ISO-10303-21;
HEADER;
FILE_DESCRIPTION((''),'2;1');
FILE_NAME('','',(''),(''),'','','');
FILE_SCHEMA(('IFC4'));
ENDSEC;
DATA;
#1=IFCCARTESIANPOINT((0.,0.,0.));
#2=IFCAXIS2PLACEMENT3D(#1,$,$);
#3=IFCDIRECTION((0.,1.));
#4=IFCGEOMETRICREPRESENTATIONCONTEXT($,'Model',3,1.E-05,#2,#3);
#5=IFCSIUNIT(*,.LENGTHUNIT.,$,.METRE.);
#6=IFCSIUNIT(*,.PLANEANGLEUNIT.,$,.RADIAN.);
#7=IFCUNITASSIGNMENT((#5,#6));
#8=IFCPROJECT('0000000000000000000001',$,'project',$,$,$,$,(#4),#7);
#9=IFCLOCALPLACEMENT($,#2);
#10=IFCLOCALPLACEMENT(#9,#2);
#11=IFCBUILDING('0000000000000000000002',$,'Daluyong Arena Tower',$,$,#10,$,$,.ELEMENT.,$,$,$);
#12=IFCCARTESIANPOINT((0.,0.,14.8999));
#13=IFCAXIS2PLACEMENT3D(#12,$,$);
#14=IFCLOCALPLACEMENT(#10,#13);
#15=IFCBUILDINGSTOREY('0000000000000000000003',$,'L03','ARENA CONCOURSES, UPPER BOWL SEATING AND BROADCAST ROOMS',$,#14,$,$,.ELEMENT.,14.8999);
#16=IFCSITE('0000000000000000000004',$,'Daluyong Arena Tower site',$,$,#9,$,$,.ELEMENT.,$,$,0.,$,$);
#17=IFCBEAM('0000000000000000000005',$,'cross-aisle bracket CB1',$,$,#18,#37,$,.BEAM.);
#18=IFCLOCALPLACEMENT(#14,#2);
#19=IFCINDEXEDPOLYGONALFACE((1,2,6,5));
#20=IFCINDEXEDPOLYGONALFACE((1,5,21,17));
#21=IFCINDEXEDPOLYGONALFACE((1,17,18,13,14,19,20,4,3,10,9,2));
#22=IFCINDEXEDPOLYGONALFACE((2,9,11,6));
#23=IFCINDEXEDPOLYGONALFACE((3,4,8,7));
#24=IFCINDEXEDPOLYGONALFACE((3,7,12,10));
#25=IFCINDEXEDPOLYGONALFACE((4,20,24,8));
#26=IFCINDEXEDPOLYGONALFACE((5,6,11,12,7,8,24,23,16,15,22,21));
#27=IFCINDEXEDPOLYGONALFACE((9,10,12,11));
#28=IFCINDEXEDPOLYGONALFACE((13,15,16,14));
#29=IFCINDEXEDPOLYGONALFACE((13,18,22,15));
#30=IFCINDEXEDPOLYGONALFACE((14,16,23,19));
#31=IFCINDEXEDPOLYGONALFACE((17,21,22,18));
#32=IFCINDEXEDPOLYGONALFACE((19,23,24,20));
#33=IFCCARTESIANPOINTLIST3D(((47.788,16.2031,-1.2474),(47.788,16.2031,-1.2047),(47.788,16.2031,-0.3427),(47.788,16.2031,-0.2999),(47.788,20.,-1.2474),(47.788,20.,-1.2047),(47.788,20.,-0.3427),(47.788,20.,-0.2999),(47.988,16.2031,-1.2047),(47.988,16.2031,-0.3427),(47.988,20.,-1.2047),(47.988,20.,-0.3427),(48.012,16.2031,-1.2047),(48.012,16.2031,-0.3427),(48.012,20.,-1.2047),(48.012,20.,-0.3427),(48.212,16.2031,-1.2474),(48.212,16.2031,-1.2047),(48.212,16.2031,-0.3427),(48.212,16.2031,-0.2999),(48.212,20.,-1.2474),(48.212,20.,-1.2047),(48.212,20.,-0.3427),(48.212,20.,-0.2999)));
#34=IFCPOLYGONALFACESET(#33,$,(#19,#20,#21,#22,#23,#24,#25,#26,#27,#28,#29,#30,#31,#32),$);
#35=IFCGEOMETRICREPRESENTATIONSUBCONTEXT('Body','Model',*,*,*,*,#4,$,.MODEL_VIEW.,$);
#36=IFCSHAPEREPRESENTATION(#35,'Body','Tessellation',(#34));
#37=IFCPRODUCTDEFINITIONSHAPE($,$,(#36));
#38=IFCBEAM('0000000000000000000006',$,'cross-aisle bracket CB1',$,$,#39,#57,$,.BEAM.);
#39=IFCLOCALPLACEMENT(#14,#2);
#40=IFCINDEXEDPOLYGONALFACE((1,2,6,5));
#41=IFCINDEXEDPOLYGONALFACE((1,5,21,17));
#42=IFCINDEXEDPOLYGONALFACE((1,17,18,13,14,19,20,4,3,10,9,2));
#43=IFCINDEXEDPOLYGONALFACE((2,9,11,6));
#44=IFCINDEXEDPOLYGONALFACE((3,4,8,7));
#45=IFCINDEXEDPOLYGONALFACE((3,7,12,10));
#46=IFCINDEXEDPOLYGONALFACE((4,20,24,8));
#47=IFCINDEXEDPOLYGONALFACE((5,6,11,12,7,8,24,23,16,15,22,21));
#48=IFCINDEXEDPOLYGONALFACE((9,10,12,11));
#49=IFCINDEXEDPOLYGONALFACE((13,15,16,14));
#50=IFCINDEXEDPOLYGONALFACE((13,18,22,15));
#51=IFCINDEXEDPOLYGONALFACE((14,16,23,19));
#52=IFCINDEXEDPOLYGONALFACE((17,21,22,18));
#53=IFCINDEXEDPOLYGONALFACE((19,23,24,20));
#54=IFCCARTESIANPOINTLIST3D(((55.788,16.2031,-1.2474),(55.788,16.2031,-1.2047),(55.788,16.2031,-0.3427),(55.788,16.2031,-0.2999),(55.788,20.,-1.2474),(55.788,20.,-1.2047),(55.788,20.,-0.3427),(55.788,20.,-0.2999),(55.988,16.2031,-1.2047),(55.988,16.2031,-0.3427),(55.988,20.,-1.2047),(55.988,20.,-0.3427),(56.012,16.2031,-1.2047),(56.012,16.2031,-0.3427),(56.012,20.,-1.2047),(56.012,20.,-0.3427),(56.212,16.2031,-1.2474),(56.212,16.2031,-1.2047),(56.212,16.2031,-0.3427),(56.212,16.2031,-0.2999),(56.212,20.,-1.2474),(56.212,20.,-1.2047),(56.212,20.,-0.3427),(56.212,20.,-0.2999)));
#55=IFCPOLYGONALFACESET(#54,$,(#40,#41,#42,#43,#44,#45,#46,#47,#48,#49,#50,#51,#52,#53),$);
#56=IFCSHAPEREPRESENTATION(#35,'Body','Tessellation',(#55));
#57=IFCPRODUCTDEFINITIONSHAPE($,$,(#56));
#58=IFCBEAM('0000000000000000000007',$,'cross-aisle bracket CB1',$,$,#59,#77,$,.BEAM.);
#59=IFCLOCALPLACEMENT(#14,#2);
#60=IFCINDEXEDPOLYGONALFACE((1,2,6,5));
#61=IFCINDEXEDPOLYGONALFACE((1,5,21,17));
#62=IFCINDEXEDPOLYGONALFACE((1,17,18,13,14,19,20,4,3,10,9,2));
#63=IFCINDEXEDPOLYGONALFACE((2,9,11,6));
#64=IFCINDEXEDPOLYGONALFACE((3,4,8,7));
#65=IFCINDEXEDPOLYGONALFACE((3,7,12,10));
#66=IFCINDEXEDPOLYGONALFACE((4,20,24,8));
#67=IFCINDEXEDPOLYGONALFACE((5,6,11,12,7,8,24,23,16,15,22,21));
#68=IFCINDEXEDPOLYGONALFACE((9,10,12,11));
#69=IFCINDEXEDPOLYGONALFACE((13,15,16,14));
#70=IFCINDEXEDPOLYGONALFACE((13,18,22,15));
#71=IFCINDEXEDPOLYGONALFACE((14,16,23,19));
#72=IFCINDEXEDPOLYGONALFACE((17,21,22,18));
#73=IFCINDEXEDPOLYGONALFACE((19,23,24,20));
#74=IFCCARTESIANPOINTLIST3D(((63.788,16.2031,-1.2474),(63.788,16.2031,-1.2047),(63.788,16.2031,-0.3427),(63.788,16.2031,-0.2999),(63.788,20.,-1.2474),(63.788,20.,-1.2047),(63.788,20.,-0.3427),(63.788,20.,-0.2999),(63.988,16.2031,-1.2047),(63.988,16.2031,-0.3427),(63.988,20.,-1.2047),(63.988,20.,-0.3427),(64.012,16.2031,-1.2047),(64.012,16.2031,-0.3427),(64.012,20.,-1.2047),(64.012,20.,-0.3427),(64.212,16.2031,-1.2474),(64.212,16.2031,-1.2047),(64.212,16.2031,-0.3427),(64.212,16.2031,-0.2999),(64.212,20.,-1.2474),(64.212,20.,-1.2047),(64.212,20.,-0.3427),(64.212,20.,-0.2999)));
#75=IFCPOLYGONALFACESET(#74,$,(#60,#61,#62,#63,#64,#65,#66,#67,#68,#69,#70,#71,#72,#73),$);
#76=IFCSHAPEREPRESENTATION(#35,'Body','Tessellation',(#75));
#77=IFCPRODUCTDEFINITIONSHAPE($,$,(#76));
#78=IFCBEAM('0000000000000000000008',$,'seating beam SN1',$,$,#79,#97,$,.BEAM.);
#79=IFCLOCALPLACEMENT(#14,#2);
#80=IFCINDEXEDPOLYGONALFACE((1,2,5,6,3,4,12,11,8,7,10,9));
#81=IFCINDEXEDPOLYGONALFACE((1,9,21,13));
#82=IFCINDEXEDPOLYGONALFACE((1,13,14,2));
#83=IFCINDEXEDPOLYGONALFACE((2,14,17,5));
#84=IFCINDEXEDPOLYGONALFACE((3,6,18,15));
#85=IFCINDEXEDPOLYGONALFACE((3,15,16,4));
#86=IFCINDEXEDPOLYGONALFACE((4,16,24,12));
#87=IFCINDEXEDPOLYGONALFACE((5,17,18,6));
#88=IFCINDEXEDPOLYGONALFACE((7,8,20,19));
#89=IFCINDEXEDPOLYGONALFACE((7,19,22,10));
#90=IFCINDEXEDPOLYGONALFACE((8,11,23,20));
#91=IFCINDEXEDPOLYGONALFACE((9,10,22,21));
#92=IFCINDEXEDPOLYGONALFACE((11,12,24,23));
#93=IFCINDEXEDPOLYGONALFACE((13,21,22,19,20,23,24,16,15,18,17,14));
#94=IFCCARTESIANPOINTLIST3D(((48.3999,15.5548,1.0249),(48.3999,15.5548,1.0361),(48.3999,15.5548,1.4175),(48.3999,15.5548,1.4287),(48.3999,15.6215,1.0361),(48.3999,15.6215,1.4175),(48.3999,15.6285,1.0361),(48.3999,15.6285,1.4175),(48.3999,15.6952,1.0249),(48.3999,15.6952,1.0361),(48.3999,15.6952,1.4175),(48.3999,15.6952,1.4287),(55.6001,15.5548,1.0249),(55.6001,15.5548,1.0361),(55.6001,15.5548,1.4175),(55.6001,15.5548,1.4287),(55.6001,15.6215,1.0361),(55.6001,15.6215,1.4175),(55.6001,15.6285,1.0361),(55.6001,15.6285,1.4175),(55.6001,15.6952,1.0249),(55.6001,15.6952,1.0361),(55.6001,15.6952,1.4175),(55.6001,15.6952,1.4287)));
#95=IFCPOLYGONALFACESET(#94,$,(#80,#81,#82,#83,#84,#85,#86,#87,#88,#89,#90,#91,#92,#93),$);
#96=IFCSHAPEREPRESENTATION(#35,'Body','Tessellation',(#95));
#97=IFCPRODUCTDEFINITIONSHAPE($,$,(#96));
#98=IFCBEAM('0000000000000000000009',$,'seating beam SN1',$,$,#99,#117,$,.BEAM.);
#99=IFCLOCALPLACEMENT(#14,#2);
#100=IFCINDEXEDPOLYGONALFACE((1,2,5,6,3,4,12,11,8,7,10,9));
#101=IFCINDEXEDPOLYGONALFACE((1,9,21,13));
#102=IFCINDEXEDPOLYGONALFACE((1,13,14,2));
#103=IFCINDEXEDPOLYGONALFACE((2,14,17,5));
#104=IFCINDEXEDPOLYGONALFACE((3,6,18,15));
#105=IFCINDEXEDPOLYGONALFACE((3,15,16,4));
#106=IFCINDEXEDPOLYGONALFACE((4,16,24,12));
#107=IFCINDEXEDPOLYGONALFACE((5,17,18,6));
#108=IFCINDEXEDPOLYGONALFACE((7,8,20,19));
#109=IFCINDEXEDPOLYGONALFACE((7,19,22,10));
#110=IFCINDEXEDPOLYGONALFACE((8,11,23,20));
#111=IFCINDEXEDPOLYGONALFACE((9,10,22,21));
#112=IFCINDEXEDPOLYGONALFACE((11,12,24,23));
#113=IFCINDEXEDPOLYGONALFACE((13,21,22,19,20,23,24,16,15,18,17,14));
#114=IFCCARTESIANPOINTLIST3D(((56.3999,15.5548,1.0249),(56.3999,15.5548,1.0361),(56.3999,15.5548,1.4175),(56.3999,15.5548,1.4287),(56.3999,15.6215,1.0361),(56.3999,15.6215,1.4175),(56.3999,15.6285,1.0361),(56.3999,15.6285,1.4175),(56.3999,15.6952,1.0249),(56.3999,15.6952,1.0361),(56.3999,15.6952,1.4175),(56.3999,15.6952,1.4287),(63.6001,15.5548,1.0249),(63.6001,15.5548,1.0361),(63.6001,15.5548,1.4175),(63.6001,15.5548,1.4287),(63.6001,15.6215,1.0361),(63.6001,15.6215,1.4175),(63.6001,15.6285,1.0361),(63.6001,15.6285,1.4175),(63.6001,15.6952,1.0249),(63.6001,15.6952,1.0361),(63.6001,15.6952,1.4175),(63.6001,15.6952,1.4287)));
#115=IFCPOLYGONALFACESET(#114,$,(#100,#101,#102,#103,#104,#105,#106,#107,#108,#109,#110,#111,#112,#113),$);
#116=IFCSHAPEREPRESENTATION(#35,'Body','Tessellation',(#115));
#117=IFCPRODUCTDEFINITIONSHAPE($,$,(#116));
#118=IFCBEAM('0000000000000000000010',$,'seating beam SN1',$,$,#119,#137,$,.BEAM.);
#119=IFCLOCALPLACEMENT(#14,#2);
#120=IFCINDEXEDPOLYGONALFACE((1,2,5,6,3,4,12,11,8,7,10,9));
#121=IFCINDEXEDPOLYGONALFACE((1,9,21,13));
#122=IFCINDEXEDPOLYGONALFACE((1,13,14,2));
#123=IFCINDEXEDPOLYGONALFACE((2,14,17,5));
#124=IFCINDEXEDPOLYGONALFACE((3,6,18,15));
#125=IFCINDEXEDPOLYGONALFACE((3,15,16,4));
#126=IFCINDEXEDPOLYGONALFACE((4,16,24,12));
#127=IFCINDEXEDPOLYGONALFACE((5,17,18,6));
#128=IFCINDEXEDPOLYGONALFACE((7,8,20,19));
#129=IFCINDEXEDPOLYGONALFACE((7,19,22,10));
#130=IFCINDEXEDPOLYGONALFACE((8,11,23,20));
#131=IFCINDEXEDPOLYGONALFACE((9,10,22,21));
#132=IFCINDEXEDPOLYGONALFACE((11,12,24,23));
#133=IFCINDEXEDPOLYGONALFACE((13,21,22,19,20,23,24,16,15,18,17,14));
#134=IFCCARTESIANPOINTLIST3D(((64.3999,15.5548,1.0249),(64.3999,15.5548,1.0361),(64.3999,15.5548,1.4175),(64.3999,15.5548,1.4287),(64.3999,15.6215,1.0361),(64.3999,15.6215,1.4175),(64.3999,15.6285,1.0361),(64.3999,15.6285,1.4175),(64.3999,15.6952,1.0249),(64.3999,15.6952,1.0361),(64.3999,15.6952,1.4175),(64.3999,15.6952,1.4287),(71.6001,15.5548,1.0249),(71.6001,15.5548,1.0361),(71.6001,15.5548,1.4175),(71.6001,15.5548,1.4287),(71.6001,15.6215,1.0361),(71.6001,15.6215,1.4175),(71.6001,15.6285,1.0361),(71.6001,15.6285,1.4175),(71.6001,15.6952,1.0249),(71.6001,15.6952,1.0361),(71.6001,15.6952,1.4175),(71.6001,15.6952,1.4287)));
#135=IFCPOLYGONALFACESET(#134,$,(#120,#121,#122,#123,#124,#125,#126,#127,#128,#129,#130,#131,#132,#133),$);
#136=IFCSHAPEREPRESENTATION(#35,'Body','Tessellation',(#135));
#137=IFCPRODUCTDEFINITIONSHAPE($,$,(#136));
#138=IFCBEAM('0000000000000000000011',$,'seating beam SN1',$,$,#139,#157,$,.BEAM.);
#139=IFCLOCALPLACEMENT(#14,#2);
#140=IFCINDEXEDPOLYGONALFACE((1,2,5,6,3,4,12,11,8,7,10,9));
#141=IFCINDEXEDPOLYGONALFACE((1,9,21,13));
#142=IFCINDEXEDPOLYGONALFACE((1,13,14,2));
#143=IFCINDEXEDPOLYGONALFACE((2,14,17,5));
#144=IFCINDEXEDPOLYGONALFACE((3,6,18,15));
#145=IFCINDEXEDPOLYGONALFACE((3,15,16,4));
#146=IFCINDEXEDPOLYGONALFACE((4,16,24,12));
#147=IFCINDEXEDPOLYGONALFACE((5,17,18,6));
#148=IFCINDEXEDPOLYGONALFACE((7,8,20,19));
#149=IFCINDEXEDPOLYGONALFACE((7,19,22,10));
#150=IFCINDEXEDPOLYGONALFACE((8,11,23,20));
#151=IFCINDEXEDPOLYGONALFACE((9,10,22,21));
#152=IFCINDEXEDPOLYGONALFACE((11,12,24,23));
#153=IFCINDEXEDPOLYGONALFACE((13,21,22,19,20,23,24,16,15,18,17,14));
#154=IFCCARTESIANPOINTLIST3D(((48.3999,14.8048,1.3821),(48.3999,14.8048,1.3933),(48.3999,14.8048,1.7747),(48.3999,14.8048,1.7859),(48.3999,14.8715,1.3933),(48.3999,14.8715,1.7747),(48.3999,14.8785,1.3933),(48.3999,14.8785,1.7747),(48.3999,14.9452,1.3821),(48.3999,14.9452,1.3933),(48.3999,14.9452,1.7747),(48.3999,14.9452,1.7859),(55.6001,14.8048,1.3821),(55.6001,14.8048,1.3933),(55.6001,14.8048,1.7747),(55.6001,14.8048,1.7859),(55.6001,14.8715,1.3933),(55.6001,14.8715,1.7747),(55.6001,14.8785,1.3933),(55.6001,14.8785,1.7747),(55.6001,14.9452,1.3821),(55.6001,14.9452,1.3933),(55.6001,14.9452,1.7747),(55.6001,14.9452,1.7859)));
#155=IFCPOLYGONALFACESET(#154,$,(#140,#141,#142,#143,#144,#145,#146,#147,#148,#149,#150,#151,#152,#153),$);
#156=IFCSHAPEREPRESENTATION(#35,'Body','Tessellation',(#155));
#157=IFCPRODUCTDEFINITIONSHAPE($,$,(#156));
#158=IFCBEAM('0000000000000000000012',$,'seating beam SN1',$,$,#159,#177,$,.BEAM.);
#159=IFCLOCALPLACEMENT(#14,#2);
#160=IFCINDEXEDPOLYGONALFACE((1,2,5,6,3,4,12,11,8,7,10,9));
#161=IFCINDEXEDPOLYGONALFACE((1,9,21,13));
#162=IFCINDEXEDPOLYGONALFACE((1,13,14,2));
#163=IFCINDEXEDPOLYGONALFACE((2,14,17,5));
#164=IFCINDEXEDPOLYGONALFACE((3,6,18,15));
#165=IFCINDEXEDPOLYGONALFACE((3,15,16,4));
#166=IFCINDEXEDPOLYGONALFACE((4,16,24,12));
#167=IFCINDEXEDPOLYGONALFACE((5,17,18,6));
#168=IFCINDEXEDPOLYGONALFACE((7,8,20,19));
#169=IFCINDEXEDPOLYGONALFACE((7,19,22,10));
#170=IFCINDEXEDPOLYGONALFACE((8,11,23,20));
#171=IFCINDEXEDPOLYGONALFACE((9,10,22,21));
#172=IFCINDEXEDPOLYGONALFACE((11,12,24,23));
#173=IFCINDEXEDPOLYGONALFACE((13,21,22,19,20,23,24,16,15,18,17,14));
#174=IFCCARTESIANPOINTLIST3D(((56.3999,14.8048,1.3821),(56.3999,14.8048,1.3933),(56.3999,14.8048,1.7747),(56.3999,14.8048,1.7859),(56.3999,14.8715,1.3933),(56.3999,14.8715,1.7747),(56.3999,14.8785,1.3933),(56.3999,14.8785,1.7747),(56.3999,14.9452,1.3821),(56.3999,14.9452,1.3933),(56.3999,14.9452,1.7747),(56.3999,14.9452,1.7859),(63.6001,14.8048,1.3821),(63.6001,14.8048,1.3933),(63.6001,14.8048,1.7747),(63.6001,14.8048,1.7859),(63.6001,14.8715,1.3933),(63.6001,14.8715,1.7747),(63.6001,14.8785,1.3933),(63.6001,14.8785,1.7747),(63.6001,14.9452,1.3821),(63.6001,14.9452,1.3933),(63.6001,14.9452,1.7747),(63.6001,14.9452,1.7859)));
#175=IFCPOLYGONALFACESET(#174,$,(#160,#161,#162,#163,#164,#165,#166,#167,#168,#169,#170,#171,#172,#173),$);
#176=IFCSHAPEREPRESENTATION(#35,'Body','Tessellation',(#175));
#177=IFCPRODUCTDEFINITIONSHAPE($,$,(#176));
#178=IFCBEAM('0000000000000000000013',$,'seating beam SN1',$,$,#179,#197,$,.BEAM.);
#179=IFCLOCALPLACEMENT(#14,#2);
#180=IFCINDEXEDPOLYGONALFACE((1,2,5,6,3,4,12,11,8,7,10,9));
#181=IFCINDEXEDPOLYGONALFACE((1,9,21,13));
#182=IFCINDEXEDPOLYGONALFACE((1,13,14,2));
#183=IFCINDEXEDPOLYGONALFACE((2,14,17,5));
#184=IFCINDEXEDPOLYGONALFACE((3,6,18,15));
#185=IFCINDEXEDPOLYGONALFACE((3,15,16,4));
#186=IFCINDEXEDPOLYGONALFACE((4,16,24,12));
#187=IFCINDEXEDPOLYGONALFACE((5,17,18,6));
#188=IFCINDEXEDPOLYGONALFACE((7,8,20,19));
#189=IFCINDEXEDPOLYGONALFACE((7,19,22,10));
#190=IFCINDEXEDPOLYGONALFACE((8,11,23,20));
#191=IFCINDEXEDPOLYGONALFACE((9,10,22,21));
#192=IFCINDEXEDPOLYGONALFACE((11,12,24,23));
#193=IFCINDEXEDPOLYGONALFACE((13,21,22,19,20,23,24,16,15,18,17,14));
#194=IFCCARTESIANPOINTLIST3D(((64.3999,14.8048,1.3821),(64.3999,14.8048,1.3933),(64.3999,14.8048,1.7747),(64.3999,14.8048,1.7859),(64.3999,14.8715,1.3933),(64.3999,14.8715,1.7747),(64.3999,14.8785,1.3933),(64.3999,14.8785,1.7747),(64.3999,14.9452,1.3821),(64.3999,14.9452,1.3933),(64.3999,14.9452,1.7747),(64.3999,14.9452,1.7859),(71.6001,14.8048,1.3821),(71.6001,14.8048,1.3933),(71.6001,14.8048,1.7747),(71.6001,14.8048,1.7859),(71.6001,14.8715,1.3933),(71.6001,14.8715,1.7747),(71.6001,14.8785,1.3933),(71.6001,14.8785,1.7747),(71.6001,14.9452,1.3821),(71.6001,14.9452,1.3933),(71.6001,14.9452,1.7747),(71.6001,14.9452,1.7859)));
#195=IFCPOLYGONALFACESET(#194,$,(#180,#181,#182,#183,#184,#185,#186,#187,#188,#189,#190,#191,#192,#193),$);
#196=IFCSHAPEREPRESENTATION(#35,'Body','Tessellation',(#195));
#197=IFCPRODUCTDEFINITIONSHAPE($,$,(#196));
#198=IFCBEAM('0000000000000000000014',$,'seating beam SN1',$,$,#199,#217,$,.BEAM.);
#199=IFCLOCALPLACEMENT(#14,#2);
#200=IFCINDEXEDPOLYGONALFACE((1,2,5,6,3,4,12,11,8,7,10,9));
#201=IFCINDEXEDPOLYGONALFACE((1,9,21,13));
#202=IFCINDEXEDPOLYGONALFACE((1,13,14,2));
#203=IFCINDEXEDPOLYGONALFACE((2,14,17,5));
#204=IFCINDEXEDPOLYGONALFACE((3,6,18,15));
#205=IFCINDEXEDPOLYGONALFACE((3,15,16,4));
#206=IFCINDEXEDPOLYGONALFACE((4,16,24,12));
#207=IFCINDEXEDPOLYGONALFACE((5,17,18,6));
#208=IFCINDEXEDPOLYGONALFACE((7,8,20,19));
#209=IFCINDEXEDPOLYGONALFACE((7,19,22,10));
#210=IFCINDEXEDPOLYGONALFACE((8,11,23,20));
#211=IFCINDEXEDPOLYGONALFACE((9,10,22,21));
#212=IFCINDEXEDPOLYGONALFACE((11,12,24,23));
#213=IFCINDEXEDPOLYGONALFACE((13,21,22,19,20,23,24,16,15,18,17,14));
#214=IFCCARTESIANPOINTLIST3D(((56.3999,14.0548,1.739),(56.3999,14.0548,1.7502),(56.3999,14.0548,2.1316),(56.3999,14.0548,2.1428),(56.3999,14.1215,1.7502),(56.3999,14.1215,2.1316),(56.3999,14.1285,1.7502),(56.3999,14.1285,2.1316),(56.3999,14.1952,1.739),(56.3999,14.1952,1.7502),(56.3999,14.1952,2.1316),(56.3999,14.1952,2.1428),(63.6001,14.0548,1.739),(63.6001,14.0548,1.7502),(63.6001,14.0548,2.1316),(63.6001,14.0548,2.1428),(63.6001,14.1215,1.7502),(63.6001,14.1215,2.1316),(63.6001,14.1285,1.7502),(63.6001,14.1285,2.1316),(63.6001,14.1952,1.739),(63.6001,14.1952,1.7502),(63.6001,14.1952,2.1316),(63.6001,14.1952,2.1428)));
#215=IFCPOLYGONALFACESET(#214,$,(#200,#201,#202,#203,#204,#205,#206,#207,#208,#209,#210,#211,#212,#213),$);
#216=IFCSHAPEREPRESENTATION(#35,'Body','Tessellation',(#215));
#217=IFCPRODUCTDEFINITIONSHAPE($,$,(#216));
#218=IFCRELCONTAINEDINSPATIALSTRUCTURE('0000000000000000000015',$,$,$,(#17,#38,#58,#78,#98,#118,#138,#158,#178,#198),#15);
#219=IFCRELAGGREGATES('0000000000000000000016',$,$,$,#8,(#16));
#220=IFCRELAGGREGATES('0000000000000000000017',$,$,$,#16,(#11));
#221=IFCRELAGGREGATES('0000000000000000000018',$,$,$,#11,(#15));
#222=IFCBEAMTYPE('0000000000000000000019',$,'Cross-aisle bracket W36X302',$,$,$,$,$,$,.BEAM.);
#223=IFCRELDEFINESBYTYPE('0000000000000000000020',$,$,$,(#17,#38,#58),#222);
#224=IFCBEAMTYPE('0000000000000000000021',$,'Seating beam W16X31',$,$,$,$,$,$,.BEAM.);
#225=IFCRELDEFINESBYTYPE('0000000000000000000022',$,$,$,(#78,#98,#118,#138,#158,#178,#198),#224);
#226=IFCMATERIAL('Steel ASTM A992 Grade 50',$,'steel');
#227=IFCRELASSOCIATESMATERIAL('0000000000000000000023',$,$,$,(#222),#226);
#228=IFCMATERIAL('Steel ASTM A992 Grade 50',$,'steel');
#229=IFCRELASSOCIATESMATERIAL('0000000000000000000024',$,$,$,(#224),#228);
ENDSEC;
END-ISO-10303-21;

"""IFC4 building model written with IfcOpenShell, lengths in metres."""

from ifc_helpers import new_model, si_unit, direction, frame, origin, origin_2d, place, context, subcontext, project, spatial, i_section, extrude, material, material_profile, profile_set, type_object, element, save


model = new_model("IFC4")

# Units and contexts
model_context = context("Model", 3, precision=1e-05, world=origin(), true_north=direction((0.0, 1.0)))
body_context = subcontext(model_context, "Body", "Model", "MODEL_VIEW")
ifc_project = project(units=[si_unit("LENGTHUNIT", "METRE"), si_unit("PLANEANGLEUNIT", "RADIAN")], contexts=[model_context])

# Site, building, storey
site_placement = place(None, origin())
site = spatial("IfcSite", under=ifc_project, at=site_placement, Name="Daluyong Arena Tower site", CompositionType="ELEMENT", RefElevation=0.0)
building_placement = place(site_placement, origin())
building = spatial("IfcBuilding", under=site, at=building_placement, Name="Daluyong Arena Tower", CompositionType="ELEMENT")
storey_placement = place(building_placement, frame((0.0, 0.0, 14.8999)))
storey = spatial("IfcBuildingStorey", under=building, at=storey_placement, Name="L03", Description="ARENA CONCOURSES, UPPER BOWL SEATING AND BROADCAST ROOMS", CompositionType="ELEMENT", Elevation=14.8999)

# Beams
ifc_material_1 = material(Name="Steel ASTM A992 Grade 50", Category="steel")
ifc_material_profile_1 = material_profile(ifc_material_1, i_section(OverallWidth=0.4241, OverallDepth=0.9475, WebThickness=0.0239, FlangeThickness=0.0427, at=origin_2d()))
ifc_profile_set_1 = profile_set([ifc_material_profile_1], Name="Steel ASTM A992 Grade 50")
beam_type_1 = type_object("IfcBeamType", Name="Cross-aisle bracket W36X302", PredefinedType="BEAM", material=ifc_profile_set_1)
for number, where, z_axis, x_axis, name in (
    (1, (48.0, 16.2031, -0.7737), (0.0, 1.0, 0.0), (-1.0, 0.0, 0.0), "cross-aisle bracket CB1"),
    (2, (56.0, 16.2031, -0.7737), (0.0, 1.0, 0.0), (-1.0, 0.0, 0.0), "cross-aisle bracket CB1"),
    (3, (64.0, 16.2031, -0.7737), (0.0, 1.0, 0.0), (-1.0, 0.0, 0.0), "cross-aisle bracket CB1"),
):
    element("IfcBeam", number, at=place(storey_placement, frame(where, z_axis=z_axis, x_axis=x_axis)), inside=storey, type_object=beam_type_1, Name=name, PredefinedType="BEAM", context=body_context, shape_type="SweptSolid", body=[
        extrude(i_section(OverallWidth=0.4241, OverallDepth=0.9475, WebThickness=0.0239, FlangeThickness=0.0427, at=origin_2d()), origin(), (0.0, 0.0, 1.0), 3.7969),
    ])
ifc_material_2 = material(Name="Steel ASTM A992 Grade 50", Category="steel")
ifc_material_profile_2 = material_profile(ifc_material_2, i_section(OverallWidth=0.1404, OverallDepth=0.4038, WebThickness=0.0071, FlangeThickness=0.0112, at=origin_2d()))
ifc_profile_set_2 = profile_set([ifc_material_profile_2], Name="Steel ASTM A992 Grade 50")
beam_type_2 = type_object("IfcBeamType", Name="Seating beam W16X31", PredefinedType="BEAM", material=ifc_profile_set_2)
for number, where, z_axis, x_axis, name in (
    (4, (48.3999, 15.625, 1.2268), (1.0, 0.0, 0.0), (0.0, 1.0, 0.0), "seating beam SN1"),
    (5, (56.3999, 15.625, 1.2268), (1.0, 0.0, 0.0), (0.0, 1.0, 0.0), "seating beam SN1"),
    (6, (64.3999, 15.625, 1.2268), (1.0, 0.0, 0.0), (0.0, 1.0, 0.0), "seating beam SN1"),
    (7, (48.3999, 14.875, 1.584), (1.0, 0.0, 0.0), (0.0, 1.0, 0.0), "seating beam SN1"),
    (8, (56.3999, 14.875, 1.584), (1.0, 0.0, 0.0), (0.0, 1.0, 0.0), "seating beam SN1"),
    (9, (64.3999, 14.875, 1.584), (1.0, 0.0, 0.0), (0.0, 1.0, 0.0), "seating beam SN1"),
    (10, (56.3999, 14.125, 1.9409), (1.0, 0.0, 0.0), (0.0, 1.0, 0.0), "seating beam SN1"),
):
    element("IfcBeam", number, at=place(storey_placement, frame(where, z_axis=z_axis, x_axis=x_axis)), inside=storey, type_object=beam_type_2, Name=name, PredefinedType="BEAM", context=body_context, shape_type="SweptSolid", body=[
        extrude(i_section(OverallWidth=0.1404, OverallDepth=0.4038, WebThickness=0.0071, FlangeThickness=0.0112, at=origin_2d()), origin(), (0.0, 0.0, 1.0), 7.2002),
    ])

save(model, "model.ifc")
